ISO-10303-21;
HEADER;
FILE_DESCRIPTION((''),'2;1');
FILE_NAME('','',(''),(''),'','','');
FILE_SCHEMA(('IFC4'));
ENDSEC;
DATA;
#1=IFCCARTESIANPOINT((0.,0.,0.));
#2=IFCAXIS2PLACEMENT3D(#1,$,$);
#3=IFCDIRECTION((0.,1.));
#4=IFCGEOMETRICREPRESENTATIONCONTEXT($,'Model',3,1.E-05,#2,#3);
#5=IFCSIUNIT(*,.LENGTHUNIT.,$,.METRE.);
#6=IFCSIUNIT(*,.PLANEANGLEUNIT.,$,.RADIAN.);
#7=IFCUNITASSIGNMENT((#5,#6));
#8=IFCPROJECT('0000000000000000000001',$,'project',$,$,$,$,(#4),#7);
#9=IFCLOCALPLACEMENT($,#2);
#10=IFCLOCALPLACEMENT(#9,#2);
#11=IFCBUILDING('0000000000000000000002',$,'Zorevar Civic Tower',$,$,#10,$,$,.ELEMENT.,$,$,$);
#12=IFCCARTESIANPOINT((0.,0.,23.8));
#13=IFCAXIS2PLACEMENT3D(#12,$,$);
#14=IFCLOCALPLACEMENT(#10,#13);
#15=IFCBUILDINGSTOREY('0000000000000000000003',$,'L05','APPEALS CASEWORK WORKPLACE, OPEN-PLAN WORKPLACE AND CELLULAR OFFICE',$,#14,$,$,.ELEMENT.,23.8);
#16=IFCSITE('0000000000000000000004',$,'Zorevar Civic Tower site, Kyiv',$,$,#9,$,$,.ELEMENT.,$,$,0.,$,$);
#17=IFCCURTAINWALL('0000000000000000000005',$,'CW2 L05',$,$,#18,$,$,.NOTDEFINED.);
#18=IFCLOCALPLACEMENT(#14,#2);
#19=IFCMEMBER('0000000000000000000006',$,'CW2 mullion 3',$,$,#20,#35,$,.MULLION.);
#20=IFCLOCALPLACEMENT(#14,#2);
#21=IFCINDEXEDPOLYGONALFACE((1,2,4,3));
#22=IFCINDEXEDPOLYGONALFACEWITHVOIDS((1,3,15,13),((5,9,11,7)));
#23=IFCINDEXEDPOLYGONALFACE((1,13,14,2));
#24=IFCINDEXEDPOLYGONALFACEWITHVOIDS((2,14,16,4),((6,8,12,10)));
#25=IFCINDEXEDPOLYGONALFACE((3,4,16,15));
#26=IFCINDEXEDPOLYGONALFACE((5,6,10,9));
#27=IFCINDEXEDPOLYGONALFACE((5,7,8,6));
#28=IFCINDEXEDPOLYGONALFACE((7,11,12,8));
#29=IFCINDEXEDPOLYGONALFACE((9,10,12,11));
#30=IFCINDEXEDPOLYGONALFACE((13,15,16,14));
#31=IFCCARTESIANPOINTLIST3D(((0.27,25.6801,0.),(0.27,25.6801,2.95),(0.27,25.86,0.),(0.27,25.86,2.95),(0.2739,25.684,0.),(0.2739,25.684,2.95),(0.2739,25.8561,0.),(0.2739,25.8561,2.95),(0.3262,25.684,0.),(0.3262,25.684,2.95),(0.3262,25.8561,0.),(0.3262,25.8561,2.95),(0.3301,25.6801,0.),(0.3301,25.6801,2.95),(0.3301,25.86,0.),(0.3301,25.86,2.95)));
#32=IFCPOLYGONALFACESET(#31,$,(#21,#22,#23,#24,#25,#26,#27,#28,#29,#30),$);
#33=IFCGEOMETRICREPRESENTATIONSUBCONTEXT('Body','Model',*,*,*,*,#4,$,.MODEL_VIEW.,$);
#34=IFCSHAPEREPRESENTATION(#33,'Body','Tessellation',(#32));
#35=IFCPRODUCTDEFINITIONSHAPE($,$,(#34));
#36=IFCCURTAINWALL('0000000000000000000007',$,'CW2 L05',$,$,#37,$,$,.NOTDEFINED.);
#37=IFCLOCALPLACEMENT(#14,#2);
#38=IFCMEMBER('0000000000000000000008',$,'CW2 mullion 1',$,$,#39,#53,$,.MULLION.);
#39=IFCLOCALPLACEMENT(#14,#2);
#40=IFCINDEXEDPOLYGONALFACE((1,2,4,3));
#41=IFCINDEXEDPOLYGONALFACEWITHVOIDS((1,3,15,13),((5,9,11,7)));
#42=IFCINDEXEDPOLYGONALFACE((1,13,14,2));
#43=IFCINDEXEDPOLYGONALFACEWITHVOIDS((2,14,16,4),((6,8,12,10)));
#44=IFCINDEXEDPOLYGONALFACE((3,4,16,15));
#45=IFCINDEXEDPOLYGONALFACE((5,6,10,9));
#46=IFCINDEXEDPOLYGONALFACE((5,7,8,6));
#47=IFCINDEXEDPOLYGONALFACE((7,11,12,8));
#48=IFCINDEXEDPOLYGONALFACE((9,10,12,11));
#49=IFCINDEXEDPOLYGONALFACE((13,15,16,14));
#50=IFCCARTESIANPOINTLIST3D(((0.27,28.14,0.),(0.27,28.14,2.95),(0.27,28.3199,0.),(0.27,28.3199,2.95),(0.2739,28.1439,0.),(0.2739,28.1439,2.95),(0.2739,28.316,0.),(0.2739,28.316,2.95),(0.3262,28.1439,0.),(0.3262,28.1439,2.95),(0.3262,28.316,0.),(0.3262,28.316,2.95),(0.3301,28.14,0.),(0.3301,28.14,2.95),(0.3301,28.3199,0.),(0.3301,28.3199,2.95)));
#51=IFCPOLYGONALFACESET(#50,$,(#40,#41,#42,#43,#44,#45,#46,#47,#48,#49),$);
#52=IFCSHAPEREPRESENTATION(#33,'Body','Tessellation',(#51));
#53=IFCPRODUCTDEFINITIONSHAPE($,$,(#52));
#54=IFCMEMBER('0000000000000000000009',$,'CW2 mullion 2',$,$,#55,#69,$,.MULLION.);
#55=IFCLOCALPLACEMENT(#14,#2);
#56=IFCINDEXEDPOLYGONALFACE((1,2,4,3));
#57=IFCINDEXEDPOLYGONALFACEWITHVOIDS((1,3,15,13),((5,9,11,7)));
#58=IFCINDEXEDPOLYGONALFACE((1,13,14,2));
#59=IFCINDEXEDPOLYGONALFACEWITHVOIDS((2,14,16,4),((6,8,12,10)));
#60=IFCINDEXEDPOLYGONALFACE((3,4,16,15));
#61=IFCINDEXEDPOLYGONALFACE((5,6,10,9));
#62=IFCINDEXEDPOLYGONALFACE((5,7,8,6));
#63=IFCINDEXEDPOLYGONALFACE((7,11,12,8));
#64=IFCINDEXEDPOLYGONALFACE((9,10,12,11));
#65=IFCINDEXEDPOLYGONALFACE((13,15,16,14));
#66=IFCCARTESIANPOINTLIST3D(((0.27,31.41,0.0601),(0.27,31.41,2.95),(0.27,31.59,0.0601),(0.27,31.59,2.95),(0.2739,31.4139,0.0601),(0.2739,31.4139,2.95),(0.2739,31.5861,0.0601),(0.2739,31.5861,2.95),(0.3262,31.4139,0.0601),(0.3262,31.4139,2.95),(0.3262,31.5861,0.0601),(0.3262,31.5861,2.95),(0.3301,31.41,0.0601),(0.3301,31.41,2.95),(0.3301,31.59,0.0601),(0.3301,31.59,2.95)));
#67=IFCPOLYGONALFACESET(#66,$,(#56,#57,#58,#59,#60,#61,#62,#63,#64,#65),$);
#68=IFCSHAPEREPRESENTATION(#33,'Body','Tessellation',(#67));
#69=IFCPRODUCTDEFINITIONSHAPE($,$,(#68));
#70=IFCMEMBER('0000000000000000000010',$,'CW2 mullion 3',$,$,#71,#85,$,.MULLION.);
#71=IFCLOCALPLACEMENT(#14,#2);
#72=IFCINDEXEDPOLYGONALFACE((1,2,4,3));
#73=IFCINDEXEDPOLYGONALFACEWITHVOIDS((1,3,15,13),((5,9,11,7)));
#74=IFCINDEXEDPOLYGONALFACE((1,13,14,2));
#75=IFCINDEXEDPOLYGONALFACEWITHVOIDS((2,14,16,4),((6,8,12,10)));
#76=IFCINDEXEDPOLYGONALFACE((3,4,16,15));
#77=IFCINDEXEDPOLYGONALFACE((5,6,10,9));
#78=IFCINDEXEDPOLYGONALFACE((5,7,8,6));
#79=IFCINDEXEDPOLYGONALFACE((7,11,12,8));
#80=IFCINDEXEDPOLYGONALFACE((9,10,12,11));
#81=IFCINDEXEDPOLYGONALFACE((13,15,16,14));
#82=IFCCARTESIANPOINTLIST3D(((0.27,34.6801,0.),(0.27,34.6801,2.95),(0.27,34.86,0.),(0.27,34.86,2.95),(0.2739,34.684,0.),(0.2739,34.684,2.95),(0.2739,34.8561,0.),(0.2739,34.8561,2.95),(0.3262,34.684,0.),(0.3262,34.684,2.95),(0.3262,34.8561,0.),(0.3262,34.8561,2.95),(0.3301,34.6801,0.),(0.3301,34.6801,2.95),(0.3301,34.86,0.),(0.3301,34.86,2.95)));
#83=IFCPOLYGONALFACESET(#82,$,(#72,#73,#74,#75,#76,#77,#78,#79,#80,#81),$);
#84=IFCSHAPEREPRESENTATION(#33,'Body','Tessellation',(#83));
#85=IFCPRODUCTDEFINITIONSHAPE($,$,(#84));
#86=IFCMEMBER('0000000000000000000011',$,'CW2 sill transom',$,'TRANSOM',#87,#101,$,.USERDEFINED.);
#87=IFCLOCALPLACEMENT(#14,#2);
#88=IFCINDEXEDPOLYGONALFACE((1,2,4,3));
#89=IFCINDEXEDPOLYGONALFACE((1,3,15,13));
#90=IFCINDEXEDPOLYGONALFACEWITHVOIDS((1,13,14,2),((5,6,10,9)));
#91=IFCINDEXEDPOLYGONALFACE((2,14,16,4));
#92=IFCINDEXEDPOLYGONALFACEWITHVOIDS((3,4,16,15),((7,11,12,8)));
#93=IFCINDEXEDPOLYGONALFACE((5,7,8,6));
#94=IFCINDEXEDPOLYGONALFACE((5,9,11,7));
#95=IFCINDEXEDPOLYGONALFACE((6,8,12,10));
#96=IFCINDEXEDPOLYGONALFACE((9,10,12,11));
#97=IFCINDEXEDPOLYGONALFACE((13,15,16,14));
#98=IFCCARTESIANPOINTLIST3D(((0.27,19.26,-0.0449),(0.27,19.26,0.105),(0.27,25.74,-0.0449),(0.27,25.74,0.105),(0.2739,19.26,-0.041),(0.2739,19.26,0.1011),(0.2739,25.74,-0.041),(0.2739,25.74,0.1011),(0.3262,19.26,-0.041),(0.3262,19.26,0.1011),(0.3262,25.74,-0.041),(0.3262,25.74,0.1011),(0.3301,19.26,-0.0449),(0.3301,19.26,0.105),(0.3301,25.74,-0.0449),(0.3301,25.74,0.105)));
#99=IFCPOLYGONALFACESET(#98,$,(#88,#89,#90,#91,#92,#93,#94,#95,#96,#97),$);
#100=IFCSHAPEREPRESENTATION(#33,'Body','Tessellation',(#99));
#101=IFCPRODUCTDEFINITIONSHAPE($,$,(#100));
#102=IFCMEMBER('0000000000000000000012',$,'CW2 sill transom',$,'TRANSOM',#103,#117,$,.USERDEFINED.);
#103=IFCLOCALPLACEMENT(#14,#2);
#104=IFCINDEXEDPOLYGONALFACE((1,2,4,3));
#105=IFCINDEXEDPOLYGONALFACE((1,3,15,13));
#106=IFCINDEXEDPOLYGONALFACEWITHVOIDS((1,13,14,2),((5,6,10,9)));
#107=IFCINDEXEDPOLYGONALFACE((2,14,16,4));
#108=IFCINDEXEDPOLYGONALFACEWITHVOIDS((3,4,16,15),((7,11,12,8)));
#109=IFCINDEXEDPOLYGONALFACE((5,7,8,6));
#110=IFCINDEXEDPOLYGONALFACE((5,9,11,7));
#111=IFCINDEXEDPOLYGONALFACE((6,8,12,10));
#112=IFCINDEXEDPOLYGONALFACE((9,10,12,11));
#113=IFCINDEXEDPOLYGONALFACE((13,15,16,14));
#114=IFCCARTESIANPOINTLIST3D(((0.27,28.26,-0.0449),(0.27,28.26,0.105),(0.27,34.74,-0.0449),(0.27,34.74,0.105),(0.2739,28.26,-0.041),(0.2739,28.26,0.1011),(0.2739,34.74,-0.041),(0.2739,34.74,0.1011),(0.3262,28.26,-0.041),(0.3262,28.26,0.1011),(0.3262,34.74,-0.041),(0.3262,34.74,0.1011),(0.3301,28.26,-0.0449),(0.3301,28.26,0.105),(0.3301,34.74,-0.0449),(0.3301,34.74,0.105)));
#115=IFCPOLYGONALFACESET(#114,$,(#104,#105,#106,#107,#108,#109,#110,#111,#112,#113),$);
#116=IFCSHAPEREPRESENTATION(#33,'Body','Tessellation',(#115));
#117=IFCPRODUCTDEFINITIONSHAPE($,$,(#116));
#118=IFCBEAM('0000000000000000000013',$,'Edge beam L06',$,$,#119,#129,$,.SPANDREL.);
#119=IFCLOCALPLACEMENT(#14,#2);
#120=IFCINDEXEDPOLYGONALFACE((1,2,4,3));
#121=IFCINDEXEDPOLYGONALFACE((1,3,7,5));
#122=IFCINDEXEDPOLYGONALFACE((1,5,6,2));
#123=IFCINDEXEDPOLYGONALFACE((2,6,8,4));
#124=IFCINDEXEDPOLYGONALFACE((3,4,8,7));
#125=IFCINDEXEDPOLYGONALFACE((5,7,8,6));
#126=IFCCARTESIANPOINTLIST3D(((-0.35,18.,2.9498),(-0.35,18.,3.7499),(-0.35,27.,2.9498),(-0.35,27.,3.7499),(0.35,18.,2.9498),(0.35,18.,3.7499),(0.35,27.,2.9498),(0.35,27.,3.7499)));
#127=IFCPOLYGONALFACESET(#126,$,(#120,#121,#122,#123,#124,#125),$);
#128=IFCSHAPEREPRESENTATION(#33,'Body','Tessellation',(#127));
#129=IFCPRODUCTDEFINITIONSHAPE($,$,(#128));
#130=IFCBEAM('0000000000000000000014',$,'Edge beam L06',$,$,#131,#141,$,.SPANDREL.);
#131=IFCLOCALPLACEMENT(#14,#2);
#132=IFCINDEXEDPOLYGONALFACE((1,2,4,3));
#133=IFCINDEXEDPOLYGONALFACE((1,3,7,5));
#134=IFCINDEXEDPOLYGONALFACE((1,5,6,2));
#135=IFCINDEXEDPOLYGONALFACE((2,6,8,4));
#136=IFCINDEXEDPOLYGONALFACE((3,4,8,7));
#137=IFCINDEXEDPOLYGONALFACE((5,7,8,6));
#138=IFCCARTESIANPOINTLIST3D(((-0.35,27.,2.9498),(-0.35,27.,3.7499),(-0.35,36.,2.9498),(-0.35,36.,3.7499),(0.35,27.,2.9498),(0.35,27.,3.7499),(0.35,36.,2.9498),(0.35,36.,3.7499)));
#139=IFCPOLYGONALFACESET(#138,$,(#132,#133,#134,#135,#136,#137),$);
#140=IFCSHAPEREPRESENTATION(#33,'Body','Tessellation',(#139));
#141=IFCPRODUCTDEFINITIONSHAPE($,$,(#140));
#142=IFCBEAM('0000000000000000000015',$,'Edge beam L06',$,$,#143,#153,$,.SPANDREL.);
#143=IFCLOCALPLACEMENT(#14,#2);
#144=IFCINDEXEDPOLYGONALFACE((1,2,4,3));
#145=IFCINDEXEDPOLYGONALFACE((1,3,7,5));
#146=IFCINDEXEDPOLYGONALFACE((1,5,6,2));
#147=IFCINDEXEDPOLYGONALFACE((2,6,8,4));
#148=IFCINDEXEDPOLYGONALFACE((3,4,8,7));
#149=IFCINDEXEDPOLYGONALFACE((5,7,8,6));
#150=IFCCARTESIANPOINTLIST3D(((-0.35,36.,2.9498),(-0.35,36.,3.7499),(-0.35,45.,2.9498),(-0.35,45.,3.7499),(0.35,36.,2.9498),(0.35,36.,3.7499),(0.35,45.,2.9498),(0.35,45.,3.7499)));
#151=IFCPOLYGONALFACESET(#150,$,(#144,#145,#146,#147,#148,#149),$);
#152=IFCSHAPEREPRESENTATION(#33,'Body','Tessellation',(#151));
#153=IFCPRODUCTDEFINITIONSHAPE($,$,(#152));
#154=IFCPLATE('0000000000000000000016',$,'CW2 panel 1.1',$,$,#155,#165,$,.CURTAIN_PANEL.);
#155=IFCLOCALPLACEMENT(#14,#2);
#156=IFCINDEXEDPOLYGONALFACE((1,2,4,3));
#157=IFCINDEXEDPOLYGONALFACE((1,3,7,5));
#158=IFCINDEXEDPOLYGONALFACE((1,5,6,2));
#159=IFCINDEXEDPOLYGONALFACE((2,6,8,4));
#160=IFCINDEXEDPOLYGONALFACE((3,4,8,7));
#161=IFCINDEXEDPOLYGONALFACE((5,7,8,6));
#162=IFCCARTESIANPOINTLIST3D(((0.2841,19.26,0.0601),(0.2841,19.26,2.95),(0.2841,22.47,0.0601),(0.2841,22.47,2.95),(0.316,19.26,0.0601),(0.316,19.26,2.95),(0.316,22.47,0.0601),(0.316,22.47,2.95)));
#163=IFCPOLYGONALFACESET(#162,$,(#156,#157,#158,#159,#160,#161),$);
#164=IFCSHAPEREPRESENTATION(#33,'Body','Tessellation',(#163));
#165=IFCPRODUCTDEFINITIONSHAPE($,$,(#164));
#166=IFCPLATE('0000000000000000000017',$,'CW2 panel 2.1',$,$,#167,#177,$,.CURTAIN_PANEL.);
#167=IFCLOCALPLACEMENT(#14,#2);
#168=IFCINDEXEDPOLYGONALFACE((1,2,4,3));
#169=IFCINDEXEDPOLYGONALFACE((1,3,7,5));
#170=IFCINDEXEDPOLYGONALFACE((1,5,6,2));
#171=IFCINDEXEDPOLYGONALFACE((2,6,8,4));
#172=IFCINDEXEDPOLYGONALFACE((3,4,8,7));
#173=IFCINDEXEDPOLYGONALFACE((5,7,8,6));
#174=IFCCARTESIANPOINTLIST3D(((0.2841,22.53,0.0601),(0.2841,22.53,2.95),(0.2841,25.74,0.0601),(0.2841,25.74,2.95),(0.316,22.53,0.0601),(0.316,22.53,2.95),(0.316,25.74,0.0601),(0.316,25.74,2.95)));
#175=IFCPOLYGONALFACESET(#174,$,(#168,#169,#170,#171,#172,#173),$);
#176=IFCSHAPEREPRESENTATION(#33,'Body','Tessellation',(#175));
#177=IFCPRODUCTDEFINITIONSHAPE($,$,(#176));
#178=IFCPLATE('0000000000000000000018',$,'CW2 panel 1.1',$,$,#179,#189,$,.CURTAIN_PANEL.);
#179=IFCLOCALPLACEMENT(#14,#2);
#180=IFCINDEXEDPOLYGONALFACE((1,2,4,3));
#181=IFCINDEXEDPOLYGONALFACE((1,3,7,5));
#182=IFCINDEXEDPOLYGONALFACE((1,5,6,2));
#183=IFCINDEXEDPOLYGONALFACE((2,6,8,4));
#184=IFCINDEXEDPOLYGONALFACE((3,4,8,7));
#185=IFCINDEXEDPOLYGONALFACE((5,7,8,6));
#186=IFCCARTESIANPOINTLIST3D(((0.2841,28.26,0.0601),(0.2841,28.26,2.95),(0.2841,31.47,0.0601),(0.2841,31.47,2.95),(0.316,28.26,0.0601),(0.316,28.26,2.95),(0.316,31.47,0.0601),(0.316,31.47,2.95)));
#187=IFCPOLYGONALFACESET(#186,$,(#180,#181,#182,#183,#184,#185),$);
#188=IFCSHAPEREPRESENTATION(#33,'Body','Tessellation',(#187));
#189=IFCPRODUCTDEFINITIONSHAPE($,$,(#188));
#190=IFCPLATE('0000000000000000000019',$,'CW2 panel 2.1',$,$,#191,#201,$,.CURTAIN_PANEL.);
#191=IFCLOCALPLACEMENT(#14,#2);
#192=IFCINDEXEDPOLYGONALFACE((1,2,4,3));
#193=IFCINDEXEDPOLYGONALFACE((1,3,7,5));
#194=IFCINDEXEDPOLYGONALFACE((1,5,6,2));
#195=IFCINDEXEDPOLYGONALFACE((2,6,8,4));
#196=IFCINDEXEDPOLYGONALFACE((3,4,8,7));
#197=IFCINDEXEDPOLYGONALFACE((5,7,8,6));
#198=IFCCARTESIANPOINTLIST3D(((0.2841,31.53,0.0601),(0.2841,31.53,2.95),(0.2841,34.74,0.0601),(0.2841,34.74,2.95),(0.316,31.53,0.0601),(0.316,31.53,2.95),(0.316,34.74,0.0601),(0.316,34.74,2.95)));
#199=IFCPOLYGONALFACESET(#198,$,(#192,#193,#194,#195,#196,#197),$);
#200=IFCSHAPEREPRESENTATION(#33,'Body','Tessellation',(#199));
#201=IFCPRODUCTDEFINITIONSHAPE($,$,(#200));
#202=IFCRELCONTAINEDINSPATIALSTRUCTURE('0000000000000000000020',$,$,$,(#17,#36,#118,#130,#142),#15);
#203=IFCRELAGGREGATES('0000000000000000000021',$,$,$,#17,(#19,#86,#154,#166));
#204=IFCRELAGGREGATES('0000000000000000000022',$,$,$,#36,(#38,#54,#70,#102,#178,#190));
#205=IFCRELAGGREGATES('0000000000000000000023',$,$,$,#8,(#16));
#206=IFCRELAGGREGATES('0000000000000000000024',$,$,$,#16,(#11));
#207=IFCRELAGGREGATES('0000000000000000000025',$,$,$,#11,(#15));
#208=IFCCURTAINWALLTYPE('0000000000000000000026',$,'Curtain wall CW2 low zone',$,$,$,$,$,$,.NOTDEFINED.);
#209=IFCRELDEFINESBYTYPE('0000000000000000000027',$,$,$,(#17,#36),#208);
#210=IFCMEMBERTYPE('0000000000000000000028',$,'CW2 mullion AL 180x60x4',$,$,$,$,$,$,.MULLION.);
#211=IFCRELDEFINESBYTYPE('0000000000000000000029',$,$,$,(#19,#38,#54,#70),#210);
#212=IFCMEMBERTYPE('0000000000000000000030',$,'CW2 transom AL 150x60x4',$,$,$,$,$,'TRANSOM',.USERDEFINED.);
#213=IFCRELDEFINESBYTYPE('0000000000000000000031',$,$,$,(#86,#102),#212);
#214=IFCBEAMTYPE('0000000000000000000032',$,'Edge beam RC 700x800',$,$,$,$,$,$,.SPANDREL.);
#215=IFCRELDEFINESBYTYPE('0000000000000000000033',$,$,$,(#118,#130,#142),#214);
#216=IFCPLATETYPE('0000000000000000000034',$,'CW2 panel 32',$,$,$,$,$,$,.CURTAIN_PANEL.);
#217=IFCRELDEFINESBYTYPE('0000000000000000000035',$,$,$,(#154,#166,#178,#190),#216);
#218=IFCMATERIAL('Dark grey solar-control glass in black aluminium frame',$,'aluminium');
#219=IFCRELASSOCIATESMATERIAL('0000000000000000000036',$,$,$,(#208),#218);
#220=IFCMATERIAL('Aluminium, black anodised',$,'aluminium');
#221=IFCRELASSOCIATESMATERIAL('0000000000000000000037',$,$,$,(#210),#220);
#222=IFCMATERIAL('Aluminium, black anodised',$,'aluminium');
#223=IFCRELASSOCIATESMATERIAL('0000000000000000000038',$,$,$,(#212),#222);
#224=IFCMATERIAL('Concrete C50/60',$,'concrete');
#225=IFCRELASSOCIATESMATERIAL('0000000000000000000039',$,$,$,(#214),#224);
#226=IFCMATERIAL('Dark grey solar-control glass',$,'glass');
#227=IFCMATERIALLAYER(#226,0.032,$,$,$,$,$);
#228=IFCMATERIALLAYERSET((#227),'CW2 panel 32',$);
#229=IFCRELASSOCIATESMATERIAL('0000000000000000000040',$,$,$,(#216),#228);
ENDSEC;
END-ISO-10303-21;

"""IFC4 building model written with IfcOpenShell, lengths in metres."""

from ifc_helpers import new_model, si_unit, direction, frame, origin, origin_2d, place, context, subcontext, project, spatial, rectangle, hollow_rectangle, extrude, material, layer, layer_set, material_profile, profile_set, type_object, element, aggregate, save


model = new_model("IFC4")

# Units and contexts
model_context = context("Model", 3, precision=1e-05, world=origin(), true_north=direction((0.0, 1.0)))
body_context = subcontext(model_context, "Body", "Model", "MODEL_VIEW")
ifc_project = project(units=[si_unit("LENGTHUNIT", "METRE"), si_unit("PLANEANGLEUNIT", "RADIAN")], contexts=[model_context])

# Site, building, storey
site_placement = place(None, origin())
site = spatial("IfcSite", under=ifc_project, at=site_placement, Name="Zorevar Civic Tower site, Kyiv", CompositionType="ELEMENT", RefElevation=0.0)
building_placement = place(site_placement, origin())
building = spatial("IfcBuilding", under=site, at=building_placement, Name="Zorevar Civic Tower", CompositionType="ELEMENT")
storey_placement = place(building_placement, frame((0.0, 0.0, 23.8)))
storey = spatial("IfcBuildingStorey", under=building, at=storey_placement, Name="L05", Description="APPEALS CASEWORK WORKPLACE, OPEN-PLAN WORKPLACE AND CELLULAR OFFICE", CompositionType="ELEMENT", Elevation=23.8)

# Curtain walls, members
ifc_material_1 = material(Name="Dark grey solar-control glass in black aluminium frame", Category="aluminium")
curtain_wall_type = type_object("IfcCurtainWallType", Name="Curtain wall CW2 low zone", PredefinedType="NOTDEFINED", material=ifc_material_1)
curtain_wall_1_placement = place(storey_placement, origin())
curtain_wall_1 = element("IfcCurtainWall", 1, at=curtain_wall_1_placement, inside=storey, type_object=curtain_wall_type, Name="CW2 L05", PredefinedType="NOTDEFINED")
ifc_material_2 = material(Name="Aluminium, black anodised", Category="aluminium")
ifc_material_profile_1 = material_profile(ifc_material_2, hollow_rectangle(XDim=0.0601, YDim=0.1799, WallThickness=0.0039, at=origin_2d()), Name="AL 180x60x4")
ifc_profile_set_1 = profile_set([ifc_material_profile_1], Name="Aluminium, black anodised")
member_type_1 = type_object("IfcMemberType", Name="CW2 mullion AL 180x60x4", PredefinedType="MULLION", material=ifc_profile_set_1)
member_1_placement = place(storey_placement, frame((0.3, 25.77, 0.0), z_axis=(0.0, 0.0, 1.0), x_axis=(-1.0, 0.0, 0.0)))
member_1 = element("IfcMember", 2, at=member_1_placement, type_object=member_type_1, Name="CW2 mullion 3", PredefinedType="MULLION", context=body_context, shape_type="SweptSolid", body=[
    extrude(hollow_rectangle(XDim=0.0601, YDim=0.1799, WallThickness=0.0039, at=origin_2d()), origin(), (0.0, 0.0, 1.0), 2.95),
])
curtain_wall_2_placement = place(storey_placement, origin())
curtain_wall_2 = element("IfcCurtainWall", 3, at=curtain_wall_2_placement, inside=storey, type_object=curtain_wall_type, Name="CW2 L05", PredefinedType="NOTDEFINED")
member_2_placement = place(storey_placement, frame((0.3, 28.23, 0.0), z_axis=(0.0, 0.0, 1.0), x_axis=(-1.0, 0.0, 0.0)))
member_2 = element("IfcMember", 4, at=member_2_placement, type_object=member_type_1, Name="CW2 mullion 1", PredefinedType="MULLION", context=body_context, shape_type="SweptSolid", body=[
    extrude(hollow_rectangle(XDim=0.0601, YDim=0.1799, WallThickness=0.0039, at=origin_2d()), origin(), (0.0, 0.0, 1.0), 2.95),
])
member_3_placement = place(storey_placement, frame((0.3, 31.5, 0.0601), z_axis=(0.0, 0.0, 1.0), x_axis=(-1.0, 0.0, 0.0)))
member_3 = element("IfcMember", 5, at=member_3_placement, type_object=member_type_1, Name="CW2 mullion 2", PredefinedType="MULLION", context=body_context, shape_type="SweptSolid", body=[
    extrude(hollow_rectangle(XDim=0.0601, YDim=0.1799, WallThickness=0.0039, at=origin_2d()), origin(), (0.0, 0.0, 1.0), 2.8899),
])
member_4_placement = place(storey_placement, frame((0.3, 34.77, 0.0), z_axis=(0.0, 0.0, 1.0), x_axis=(-1.0, 0.0, 0.0)))
member_4 = element("IfcMember", 6, at=member_4_placement, type_object=member_type_1, Name="CW2 mullion 3", PredefinedType="MULLION", context=body_context, shape_type="SweptSolid", body=[
    extrude(hollow_rectangle(XDim=0.0601, YDim=0.1799, WallThickness=0.0039, at=origin_2d()), origin(), (0.0, 0.0, 1.0), 2.95),
])

# Members
ifc_material_3 = material(Name="Aluminium, black anodised", Category="aluminium")
ifc_material_profile_2 = material_profile(ifc_material_3, hollow_rectangle(XDim=0.0601, YDim=0.1499, WallThickness=0.0039, at=origin_2d()), Name="AL 150x60x4")
ifc_profile_set_2 = profile_set([ifc_material_profile_2], Name="Aluminium, black anodised")
member_type_2 = type_object("IfcMemberType", Name="CW2 transom AL 150x60x4", ElementType="TRANSOM", PredefinedType="USERDEFINED", material=ifc_profile_set_2)
member_5_placement = place(storey_placement, frame((0.3, 19.26, 0.03), z_axis=(0.0, 1.0, 0.0), x_axis=(-1.0, 0.0, 0.0)))
member_5 = element("IfcMember", 7, at=member_5_placement, type_object=member_type_2, Name="CW2 sill transom", ObjectType="TRANSOM", PredefinedType="USERDEFINED", context=body_context, shape_type="SweptSolid", body=[
    extrude(hollow_rectangle(XDim=0.0601, YDim=0.1499, WallThickness=0.0039, at=origin_2d()), origin(), (0.0, 0.0, 1.0), 6.48),
])
member_6_placement = place(storey_placement, frame((0.3, 28.26, 0.03), z_axis=(0.0, 1.0, 0.0), x_axis=(-1.0, 0.0, 0.0)))
member_6 = element("IfcMember", 8, at=member_6_placement, type_object=member_type_2, Name="CW2 sill transom", ObjectType="TRANSOM", PredefinedType="USERDEFINED", context=body_context, shape_type="SweptSolid", body=[
    extrude(hollow_rectangle(XDim=0.0601, YDim=0.1499, WallThickness=0.0039, at=origin_2d()), origin(), (0.0, 0.0, 1.0), 6.48),
])

# Beams
ifc_material_4 = material(Name="Concrete C50/60", Category="concrete")
ifc_material_profile_3 = material_profile(ifc_material_4, rectangle(XDim=0.7, YDim=0.8, at=origin_2d()), Name="RC 700x800")
ifc_profile_set_3 = profile_set([ifc_material_profile_3], Name="Concrete C50/60")
beam_type_1 = type_object("IfcBeamType", Name="Edge beam RC 700x800", PredefinedType="SPANDREL", material=ifc_profile_set_3)
for number, where, z_axis, x_axis, name in (
    (9, (0.0, 18.0, 3.3499), (0.0, 1.0, 0.0), (-1.0, 0.0, 0.0), "Edge beam L06"),
    (10, (0.0, 27.0, 3.3499), (0.0, 1.0, 0.0), (-1.0, 0.0, 0.0), "Edge beam L06"),
    (11, (0.0, 36.0, 3.3499), (0.0, 1.0, 0.0), (-1.0, 0.0, 0.0), "Edge beam L06"),
):
    element("IfcBeam", number, at=place(storey_placement, frame(where, z_axis=z_axis, x_axis=x_axis)), inside=storey, type_object=beam_type_1, Name=name, PredefinedType="SPANDREL", context=body_context, shape_type="SweptSolid", body=[
        extrude(rectangle(XDim=0.7, YDim=0.8, at=origin_2d()), origin(), (0.0, 0.0, 1.0), 9.0),
    ])

# Plates
ifc_material_5 = material(Name="Dark grey solar-control glass", Category="glass")
ifc_layer_1 = layer(ifc_material_5, 0.032)
ifc_layer_set_1 = layer_set([ifc_layer_1], Name="CW2 panel 32")
plate_type = type_object("IfcPlateType", Name="CW2 panel 32", PredefinedType="CURTAIN_PANEL", material=ifc_layer_set_1)
plate_1_placement = place(storey_placement, frame((0.3, 20.865, 0.0601), z_axis=(0.0, 0.0, 1.0), x_axis=(0.0, 1.0, 0.0)))
plate_1 = element("IfcPlate", 12, at=plate_1_placement, type_object=plate_type, Name="CW2 panel 1.1", PredefinedType="CURTAIN_PANEL", context=body_context, shape_type="SweptSolid", body=[
    extrude(rectangle(XDim=3.21, YDim=0.032, at=origin_2d()), origin(), (0.0, 0.0, 1.0), 2.8899),
])
plate_2_placement = place(storey_placement, frame((0.3, 24.135, 0.0601), z_axis=(0.0, 0.0, 1.0), x_axis=(0.0, 1.0, 0.0)))
plate_2 = element("IfcPlate", 13, at=plate_2_placement, type_object=plate_type, Name="CW2 panel 2.1", PredefinedType="CURTAIN_PANEL", context=body_context, shape_type="SweptSolid", body=[
    extrude(rectangle(XDim=3.21, YDim=0.032, at=origin_2d()), origin(), (0.0, 0.0, 1.0), 2.8899),
])
aggregate(curtain_wall_1, [member_1, member_5, plate_1, plate_2])
plate_3_placement = place(storey_placement, frame((0.3, 29.865, 0.0601), z_axis=(0.0, 0.0, 1.0), x_axis=(0.0, 1.0, 0.0)))
plate_3 = element("IfcPlate", 14, at=plate_3_placement, type_object=plate_type, Name="CW2 panel 1.1", PredefinedType="CURTAIN_PANEL", context=body_context, shape_type="SweptSolid", body=[
    extrude(rectangle(XDim=3.21, YDim=0.032, at=origin_2d()), origin(), (0.0, 0.0, 1.0), 2.8899),
])
plate_4_placement = place(storey_placement, frame((0.3, 33.135, 0.0601), z_axis=(0.0, 0.0, 1.0), x_axis=(0.0, 1.0, 0.0)))
plate_4 = element("IfcPlate", 15, at=plate_4_placement, type_object=plate_type, Name="CW2 panel 2.1", PredefinedType="CURTAIN_PANEL", context=body_context, shape_type="SweptSolid", body=[
    extrude(rectangle(XDim=3.21, YDim=0.032, at=origin_2d()), origin(), (0.0, 0.0, 1.0), 2.8899),
])
aggregate(curtain_wall_2, [member_2, member_3, member_4, member_6, plate_3, plate_4])

save(model, "model.ifc")
